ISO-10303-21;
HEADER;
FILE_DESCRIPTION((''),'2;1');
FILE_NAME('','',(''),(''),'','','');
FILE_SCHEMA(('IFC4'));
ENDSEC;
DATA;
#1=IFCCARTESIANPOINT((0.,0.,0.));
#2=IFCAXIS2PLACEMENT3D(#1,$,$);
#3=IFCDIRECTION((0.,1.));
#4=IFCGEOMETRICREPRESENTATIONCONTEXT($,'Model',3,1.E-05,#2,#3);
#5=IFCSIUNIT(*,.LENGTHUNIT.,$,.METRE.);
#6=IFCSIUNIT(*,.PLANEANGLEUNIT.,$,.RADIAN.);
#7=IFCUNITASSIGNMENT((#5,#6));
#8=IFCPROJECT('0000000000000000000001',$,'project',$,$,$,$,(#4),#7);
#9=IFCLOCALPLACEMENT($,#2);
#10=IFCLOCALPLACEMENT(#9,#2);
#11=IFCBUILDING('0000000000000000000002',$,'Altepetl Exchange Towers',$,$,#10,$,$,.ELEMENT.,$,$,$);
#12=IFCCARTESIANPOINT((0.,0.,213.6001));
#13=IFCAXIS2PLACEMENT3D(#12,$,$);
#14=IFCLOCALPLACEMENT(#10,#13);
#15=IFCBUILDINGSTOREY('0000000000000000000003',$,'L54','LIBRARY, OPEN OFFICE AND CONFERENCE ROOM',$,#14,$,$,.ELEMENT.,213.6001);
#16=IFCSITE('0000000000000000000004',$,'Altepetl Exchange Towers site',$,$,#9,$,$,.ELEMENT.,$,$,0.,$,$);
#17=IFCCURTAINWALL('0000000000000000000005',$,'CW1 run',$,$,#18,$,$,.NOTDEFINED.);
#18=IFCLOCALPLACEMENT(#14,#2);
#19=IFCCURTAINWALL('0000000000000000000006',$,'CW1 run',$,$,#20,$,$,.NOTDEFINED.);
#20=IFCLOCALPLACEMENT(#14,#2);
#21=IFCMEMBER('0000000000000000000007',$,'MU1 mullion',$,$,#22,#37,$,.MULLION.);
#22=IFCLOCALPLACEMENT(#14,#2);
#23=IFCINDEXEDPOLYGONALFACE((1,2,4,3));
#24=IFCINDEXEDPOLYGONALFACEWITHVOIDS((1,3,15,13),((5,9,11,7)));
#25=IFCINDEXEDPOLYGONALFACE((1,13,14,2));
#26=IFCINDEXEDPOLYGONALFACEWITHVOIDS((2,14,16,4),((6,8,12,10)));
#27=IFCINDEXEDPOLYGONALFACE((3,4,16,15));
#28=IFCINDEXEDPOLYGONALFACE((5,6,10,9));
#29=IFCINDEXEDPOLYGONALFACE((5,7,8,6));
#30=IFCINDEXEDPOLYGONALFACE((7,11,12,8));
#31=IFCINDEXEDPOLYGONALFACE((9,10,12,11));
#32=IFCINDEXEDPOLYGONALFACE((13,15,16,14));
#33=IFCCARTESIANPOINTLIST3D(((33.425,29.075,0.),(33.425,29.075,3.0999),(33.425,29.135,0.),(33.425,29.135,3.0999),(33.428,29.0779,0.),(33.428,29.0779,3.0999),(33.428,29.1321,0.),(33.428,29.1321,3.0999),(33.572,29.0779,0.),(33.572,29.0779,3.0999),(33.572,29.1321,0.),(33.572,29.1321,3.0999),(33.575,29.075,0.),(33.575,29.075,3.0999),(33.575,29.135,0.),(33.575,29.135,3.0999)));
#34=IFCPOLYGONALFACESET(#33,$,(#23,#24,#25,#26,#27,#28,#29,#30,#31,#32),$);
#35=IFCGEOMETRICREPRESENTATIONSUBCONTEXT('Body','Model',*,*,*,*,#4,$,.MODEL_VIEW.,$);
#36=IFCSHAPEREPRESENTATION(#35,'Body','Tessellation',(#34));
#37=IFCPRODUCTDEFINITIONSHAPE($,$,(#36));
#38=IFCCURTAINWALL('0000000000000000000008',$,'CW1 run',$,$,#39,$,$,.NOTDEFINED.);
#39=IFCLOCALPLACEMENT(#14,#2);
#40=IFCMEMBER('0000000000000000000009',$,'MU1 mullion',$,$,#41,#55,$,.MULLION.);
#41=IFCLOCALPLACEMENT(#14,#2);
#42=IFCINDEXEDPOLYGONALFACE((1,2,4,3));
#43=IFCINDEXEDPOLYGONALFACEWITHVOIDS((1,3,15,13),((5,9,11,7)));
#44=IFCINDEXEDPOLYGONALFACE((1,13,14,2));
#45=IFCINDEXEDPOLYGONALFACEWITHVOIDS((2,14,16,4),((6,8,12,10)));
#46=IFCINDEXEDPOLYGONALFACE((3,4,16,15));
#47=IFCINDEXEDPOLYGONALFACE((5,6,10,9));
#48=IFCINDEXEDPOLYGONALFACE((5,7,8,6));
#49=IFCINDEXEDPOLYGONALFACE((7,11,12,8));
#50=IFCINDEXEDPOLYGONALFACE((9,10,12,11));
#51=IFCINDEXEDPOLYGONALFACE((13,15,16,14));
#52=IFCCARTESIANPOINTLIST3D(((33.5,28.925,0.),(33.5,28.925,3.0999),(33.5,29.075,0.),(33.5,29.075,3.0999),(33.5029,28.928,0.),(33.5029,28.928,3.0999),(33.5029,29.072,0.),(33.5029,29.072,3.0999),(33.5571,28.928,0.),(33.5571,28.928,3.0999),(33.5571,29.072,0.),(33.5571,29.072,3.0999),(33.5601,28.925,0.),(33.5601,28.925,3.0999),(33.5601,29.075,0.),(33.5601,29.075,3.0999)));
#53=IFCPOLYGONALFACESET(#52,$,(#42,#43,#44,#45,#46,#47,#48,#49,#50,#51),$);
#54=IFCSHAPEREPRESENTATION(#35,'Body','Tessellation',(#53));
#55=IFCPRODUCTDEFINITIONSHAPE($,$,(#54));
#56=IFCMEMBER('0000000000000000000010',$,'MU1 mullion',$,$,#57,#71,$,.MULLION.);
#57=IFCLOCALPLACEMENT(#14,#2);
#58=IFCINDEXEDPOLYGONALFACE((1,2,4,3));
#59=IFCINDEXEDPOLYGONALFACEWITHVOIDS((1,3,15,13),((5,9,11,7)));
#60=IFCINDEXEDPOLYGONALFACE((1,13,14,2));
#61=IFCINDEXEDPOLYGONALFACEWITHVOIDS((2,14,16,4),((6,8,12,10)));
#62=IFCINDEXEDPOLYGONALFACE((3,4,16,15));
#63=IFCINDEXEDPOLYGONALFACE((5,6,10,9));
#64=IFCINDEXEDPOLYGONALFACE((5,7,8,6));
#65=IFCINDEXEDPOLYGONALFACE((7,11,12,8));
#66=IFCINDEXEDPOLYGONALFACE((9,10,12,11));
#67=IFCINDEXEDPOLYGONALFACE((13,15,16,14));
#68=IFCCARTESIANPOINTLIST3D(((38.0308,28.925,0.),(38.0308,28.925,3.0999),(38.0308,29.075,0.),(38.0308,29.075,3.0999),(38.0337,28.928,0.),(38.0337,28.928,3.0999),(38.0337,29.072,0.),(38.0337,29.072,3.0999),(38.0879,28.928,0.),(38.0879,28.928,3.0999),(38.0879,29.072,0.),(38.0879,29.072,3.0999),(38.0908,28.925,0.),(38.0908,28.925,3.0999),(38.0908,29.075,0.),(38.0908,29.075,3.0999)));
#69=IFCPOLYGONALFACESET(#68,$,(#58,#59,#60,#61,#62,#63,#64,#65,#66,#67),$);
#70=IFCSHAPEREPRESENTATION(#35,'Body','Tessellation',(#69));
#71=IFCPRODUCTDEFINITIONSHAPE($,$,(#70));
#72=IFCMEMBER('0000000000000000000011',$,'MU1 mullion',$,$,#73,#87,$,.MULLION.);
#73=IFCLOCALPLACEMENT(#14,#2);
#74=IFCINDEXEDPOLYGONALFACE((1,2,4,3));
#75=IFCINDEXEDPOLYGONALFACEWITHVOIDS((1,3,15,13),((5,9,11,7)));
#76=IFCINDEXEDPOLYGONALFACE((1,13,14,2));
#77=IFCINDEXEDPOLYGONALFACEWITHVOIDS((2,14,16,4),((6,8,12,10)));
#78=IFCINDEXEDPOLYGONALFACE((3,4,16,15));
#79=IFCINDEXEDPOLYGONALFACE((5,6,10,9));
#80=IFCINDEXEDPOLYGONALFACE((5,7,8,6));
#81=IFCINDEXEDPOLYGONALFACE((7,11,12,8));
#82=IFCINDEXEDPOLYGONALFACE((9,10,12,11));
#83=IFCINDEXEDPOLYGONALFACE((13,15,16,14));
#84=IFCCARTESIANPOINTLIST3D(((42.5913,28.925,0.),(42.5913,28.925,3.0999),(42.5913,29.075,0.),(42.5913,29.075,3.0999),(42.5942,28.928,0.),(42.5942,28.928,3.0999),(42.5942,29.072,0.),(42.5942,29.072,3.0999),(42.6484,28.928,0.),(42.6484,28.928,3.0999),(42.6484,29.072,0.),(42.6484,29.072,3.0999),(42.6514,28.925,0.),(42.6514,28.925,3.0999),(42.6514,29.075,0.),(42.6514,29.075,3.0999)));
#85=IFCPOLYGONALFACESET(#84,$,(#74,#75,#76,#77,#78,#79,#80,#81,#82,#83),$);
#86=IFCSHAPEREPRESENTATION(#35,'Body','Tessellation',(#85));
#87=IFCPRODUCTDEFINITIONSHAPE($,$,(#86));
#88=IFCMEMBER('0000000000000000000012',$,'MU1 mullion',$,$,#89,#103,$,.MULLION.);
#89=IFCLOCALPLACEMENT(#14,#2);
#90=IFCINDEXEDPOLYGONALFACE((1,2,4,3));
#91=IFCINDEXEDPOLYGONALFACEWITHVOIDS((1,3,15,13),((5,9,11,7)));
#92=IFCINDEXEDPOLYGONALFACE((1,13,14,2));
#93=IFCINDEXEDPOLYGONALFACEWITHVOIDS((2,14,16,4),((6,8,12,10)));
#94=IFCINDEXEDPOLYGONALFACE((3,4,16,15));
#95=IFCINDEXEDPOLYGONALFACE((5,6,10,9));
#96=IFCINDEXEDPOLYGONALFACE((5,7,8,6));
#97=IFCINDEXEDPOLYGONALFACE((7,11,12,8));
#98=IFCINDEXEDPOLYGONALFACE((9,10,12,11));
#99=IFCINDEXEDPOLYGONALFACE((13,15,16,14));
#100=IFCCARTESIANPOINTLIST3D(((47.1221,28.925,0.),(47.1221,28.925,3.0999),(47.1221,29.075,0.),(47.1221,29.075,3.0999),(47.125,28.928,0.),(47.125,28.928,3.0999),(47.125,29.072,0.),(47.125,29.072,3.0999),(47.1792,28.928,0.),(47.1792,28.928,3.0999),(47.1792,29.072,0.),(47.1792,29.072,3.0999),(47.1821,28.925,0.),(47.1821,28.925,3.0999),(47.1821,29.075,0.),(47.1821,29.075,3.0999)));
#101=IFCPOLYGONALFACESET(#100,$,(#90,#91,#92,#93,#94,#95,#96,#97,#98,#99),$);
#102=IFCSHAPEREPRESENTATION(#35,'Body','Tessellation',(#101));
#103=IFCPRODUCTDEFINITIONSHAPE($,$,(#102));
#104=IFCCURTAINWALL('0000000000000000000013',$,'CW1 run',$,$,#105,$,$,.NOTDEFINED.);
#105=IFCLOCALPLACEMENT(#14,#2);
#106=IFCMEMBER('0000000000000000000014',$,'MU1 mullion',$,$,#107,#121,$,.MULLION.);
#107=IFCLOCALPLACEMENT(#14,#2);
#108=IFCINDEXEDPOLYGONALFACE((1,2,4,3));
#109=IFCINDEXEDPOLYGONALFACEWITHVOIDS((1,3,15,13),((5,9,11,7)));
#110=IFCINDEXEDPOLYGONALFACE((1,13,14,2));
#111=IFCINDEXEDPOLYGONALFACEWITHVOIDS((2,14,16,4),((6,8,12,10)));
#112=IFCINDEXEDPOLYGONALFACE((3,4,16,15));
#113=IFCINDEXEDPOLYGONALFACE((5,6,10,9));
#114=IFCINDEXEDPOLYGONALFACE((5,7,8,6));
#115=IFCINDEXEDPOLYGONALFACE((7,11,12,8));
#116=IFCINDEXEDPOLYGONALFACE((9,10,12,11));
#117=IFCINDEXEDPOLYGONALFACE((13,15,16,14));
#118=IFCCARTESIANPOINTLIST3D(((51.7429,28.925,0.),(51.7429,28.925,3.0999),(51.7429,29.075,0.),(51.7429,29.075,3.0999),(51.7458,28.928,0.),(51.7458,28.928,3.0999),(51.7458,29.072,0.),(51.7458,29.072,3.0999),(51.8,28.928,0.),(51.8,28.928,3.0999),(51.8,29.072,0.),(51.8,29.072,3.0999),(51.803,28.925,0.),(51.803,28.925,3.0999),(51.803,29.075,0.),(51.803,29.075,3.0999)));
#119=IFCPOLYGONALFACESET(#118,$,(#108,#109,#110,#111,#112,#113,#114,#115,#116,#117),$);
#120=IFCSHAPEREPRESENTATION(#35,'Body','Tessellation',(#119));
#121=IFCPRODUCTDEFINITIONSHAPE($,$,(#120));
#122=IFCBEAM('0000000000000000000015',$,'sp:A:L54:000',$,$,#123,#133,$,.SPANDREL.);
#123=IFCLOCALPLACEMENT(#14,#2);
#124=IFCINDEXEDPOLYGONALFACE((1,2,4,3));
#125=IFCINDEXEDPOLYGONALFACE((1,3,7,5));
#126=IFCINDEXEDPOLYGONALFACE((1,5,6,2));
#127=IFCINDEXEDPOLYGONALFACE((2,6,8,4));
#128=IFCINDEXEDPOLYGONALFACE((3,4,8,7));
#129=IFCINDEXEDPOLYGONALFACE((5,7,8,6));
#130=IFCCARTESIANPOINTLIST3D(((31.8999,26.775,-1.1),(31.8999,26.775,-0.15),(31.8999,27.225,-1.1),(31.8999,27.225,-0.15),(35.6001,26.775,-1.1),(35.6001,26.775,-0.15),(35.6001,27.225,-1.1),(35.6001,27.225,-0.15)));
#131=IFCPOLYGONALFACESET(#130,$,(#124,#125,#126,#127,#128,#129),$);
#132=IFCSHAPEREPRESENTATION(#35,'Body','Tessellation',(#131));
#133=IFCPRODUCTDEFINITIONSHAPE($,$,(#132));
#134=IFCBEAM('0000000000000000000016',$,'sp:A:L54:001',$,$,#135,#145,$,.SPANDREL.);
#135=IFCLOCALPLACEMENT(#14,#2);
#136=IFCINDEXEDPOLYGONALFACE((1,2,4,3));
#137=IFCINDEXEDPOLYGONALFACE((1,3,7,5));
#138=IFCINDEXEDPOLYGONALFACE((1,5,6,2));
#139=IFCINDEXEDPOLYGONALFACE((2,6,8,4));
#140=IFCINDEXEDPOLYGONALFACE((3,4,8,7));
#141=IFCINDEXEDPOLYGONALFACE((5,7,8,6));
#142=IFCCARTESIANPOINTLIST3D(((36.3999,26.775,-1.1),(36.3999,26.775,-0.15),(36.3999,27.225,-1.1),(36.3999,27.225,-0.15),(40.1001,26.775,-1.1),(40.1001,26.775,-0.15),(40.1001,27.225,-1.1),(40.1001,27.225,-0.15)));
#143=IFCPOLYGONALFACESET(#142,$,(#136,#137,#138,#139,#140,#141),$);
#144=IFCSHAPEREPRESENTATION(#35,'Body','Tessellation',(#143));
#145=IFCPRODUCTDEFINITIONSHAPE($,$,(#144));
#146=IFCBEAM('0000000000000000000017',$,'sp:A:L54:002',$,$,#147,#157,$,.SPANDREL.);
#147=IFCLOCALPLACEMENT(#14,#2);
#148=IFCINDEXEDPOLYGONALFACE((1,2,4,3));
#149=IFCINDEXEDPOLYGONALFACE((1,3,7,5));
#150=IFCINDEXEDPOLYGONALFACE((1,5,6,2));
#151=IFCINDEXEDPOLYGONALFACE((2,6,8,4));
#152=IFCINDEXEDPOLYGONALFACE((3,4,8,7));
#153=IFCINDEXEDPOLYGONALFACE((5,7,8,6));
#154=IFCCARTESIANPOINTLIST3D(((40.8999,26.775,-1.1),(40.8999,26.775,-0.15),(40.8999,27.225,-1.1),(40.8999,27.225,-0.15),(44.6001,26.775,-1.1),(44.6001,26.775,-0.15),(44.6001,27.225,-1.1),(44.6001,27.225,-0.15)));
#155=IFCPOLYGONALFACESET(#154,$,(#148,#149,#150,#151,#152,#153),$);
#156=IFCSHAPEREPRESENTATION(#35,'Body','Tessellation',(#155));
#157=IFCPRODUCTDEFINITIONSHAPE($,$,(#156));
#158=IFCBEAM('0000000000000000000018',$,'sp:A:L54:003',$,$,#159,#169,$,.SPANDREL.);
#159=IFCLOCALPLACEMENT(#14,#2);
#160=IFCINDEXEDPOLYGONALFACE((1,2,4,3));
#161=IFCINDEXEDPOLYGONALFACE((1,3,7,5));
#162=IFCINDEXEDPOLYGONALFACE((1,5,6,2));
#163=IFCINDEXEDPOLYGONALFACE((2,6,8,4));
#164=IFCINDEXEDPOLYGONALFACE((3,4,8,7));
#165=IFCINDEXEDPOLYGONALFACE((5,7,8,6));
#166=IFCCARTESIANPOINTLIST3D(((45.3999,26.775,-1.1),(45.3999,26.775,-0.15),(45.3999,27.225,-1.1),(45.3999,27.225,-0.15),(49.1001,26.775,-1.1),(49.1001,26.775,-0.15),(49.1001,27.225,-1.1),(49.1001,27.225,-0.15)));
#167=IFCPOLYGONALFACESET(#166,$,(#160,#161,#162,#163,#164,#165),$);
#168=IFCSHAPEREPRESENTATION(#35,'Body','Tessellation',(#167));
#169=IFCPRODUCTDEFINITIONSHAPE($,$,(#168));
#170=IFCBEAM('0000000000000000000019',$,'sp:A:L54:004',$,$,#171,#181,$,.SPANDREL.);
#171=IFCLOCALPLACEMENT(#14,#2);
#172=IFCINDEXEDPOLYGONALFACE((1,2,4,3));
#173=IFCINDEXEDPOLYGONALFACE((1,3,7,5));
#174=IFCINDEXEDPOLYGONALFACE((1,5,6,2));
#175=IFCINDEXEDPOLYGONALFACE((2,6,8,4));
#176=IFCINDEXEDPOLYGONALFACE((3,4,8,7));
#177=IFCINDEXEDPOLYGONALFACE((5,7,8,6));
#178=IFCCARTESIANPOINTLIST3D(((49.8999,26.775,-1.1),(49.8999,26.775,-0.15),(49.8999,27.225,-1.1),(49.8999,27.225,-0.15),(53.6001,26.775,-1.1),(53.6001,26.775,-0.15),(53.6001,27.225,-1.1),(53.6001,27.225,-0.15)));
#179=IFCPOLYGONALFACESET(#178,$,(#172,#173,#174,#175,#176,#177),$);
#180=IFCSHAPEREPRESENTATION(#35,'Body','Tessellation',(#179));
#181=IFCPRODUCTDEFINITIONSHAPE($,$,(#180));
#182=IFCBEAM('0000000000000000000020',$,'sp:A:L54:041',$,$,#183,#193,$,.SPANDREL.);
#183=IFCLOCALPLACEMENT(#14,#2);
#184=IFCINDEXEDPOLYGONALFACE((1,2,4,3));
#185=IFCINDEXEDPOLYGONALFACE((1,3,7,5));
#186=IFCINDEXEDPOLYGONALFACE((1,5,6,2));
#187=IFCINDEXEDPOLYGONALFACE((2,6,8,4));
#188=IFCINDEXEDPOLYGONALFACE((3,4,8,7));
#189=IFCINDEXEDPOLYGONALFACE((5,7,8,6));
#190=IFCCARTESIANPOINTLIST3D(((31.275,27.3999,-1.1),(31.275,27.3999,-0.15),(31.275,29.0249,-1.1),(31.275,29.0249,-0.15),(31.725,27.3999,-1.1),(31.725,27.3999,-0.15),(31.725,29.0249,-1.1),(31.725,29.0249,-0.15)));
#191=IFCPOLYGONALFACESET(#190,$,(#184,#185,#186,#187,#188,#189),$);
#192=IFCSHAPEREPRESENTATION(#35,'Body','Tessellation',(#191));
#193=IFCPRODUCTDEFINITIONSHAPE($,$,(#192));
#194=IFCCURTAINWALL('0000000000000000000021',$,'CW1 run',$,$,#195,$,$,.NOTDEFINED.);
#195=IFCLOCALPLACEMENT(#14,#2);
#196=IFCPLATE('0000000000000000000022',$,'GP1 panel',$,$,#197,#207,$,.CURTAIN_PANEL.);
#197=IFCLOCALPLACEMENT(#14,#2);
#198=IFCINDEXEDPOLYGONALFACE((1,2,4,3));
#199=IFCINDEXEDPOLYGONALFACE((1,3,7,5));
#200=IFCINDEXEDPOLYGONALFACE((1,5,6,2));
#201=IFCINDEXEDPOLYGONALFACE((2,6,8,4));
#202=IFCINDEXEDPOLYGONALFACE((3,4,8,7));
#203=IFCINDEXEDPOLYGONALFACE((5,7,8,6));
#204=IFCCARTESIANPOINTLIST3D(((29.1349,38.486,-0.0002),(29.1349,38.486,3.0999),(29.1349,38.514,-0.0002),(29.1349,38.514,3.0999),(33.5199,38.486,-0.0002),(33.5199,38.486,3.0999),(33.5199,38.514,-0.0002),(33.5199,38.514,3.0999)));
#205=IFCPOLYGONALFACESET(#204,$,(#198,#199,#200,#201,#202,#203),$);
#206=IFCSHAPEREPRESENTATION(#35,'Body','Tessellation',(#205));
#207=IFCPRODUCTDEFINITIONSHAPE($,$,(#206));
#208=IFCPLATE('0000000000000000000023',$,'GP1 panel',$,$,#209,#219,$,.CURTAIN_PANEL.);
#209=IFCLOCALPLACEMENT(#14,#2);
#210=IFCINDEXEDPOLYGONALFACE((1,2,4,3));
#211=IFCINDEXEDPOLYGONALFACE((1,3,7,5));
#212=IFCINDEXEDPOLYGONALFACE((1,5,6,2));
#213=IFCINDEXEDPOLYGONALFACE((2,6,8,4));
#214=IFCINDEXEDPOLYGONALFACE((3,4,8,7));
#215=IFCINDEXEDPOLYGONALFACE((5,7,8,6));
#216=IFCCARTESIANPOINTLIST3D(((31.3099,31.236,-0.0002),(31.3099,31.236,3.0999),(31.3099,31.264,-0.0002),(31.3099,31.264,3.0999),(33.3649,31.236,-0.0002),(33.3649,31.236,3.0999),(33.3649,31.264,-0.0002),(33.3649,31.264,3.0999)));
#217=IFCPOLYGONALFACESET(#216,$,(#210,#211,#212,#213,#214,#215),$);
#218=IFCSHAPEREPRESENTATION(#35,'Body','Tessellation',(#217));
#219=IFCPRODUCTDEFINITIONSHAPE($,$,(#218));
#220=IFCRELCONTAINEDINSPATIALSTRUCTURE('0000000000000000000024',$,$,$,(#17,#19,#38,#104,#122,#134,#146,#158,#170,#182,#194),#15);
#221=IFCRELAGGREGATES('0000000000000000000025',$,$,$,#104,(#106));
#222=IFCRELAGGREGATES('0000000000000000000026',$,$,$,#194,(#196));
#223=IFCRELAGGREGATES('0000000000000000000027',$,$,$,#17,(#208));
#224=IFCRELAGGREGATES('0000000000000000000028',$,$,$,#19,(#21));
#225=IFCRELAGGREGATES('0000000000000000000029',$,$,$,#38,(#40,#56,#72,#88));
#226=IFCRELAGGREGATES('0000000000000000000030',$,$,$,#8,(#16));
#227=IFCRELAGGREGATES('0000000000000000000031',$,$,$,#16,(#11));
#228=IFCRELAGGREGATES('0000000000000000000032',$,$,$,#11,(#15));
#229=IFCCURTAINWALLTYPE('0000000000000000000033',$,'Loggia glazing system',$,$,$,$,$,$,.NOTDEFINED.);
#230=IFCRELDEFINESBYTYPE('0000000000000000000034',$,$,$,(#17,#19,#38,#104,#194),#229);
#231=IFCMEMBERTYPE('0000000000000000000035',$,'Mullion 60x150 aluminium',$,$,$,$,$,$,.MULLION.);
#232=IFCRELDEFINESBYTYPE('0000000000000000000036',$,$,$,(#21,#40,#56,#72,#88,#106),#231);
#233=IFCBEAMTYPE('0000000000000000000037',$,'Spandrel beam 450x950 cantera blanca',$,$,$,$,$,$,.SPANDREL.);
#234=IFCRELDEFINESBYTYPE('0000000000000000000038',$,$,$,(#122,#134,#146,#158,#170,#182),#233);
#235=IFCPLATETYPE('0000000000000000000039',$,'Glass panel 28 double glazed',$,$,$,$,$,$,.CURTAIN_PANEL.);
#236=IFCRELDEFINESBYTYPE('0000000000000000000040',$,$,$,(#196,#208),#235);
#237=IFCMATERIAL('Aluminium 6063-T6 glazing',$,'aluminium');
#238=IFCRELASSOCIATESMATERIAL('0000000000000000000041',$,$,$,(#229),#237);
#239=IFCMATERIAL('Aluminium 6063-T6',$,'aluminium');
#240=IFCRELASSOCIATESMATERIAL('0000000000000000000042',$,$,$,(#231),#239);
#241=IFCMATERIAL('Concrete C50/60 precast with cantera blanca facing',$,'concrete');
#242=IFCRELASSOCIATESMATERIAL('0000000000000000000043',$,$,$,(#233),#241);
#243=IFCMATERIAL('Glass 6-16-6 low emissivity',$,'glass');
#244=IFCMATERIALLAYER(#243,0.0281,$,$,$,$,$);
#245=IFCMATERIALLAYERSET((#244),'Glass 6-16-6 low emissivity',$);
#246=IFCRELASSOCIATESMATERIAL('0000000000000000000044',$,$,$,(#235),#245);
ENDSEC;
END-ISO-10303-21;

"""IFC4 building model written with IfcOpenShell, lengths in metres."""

from ifc_helpers import new_model, si_unit, direction, frame, origin, origin_2d, place, context, subcontext, project, spatial, rectangle, hollow_rectangle, extrude, material, layer, layer_set, material_profile, profile_set, type_object, element, aggregate, save


model = new_model("IFC4")

# Units and contexts
model_context = context("Model", 3, precision=1e-05, world=origin(), true_north=direction((0.0, 1.0)))
body_context = subcontext(model_context, "Body", "Model", "MODEL_VIEW")
ifc_project = project(units=[si_unit("LENGTHUNIT", "METRE"), si_unit("PLANEANGLEUNIT", "RADIAN")], contexts=[model_context])

# Site, building, storey
site_placement = place(None, origin())
site = spatial("IfcSite", under=ifc_project, at=site_placement, Name="Altepetl Exchange Towers site", CompositionType="ELEMENT", RefElevation=0.0)
building_placement = place(site_placement, origin())
building = spatial("IfcBuilding", under=site, at=building_placement, Name="Altepetl Exchange Towers", CompositionType="ELEMENT")
storey_placement = place(building_placement, frame((0.0, 0.0, 213.6001)))
storey = spatial("IfcBuildingStorey", under=building, at=storey_placement, Name="L54", Description="LIBRARY, OPEN OFFICE AND CONFERENCE ROOM", CompositionType="ELEMENT", Elevation=213.6001)

# Curtain wall
ifc_material_1 = material(Name="Aluminium 6063-T6 glazing", Category="aluminium")
curtain_wall_type = type_object("IfcCurtainWallType", Name="Loggia glazing system", PredefinedType="NOTDEFINED", material=ifc_material_1)
curtain_wall_1_placement = place(storey_placement, origin())
curtain_wall_1 = element("IfcCurtainWall", 1, at=curtain_wall_1_placement, inside=storey, type_object=curtain_wall_type, Name="CW1 run", PredefinedType="NOTDEFINED")
ifc_material_2 = material(Name="Aluminium 6063-T6", Category="aluminium")
ifc_material_profile_1 = material_profile(ifc_material_2, hollow_rectangle(XDim=0.0601, YDim=0.1499, WallThickness=0.0029, at=origin_2d()), Name="Mullion 60x150 aluminium")
ifc_profile_set_1 = profile_set([ifc_material_profile_1], Name="Aluminium 6063-T6")
member_type = type_object("IfcMemberType", Name="Mullion 60x150 aluminium", PredefinedType="MULLION", material=ifc_profile_set_1)

# Curtain walls, members
curtain_wall_2_placement = place(storey_placement, origin())
curtain_wall_2 = element("IfcCurtainWall", 2, at=curtain_wall_2_placement, inside=storey, type_object=curtain_wall_type, Name="CW1 run", PredefinedType="NOTDEFINED")
member_1_placement = place(storey_placement, frame((33.5, 29.105, 0.0), z_axis=(0.0, 0.0, 1.0), x_axis=(0.0, -1.0, 0.0)))
member_1 = element("IfcMember", 3, at=member_1_placement, type_object=member_type, Name="MU1 mullion", PredefinedType="MULLION", context=body_context, shape_type="SweptSolid", body=[
    extrude(hollow_rectangle(XDim=0.0601, YDim=0.1499, WallThickness=0.0029, at=origin_2d()), origin(), (0.0, 0.0, 1.0), 3.0999),
])
curtain_wall_3_placement = place(storey_placement, origin())
curtain_wall_3 = element("IfcCurtainWall", 4, at=curtain_wall_3_placement, inside=storey, type_object=curtain_wall_type, Name="CW1 run", PredefinedType="NOTDEFINED")
member_2_placement = place(storey_placement, frame((33.53, 29.0, 0.0)))
member_2 = element("IfcMember", 5, at=member_2_placement, type_object=member_type, Name="MU1 mullion", PredefinedType="MULLION", context=body_context, shape_type="SweptSolid", body=[
    extrude(hollow_rectangle(XDim=0.0601, YDim=0.1499, WallThickness=0.0029, at=origin_2d()), origin(), (0.0, 0.0, 1.0), 3.0999),
])
member_3_placement = place(storey_placement, frame((38.0608, 29.0, 0.0)))
member_3 = element("IfcMember", 6, at=member_3_placement, type_object=member_type, Name="MU1 mullion", PredefinedType="MULLION", context=body_context, shape_type="SweptSolid", body=[
    extrude(hollow_rectangle(XDim=0.0601, YDim=0.1499, WallThickness=0.0029, at=origin_2d()), origin(), (0.0, 0.0, 1.0), 3.0999),
])
member_4_placement = place(storey_placement, frame((42.6213, 29.0, 0.0)))
member_4 = element("IfcMember", 7, at=member_4_placement, type_object=member_type, Name="MU1 mullion", PredefinedType="MULLION", context=body_context, shape_type="SweptSolid", body=[
    extrude(hollow_rectangle(XDim=0.0601, YDim=0.1499, WallThickness=0.0029, at=origin_2d()), origin(), (0.0, 0.0, 1.0), 3.0999),
])
member_5_placement = place(storey_placement, frame((47.1521, 29.0, 0.0)))
member_5 = element("IfcMember", 8, at=member_5_placement, type_object=member_type, Name="MU1 mullion", PredefinedType="MULLION", context=body_context, shape_type="SweptSolid", body=[
    extrude(hollow_rectangle(XDim=0.0601, YDim=0.1499, WallThickness=0.0029, at=origin_2d()), origin(), (0.0, 0.0, 1.0), 3.0999),
])

# Curtain wall, member
curtain_wall_4_placement = place(storey_placement, origin())
curtain_wall_4 = element("IfcCurtainWall", 9, at=curtain_wall_4_placement, inside=storey, type_object=curtain_wall_type, Name="CW1 run", PredefinedType="NOTDEFINED")
member_6_placement = place(storey_placement, frame((51.7729, 29.0, 0.0)))
member_6 = element("IfcMember", 10, at=member_6_placement, type_object=member_type, Name="MU1 mullion", PredefinedType="MULLION", context=body_context, shape_type="SweptSolid", body=[
    extrude(hollow_rectangle(XDim=0.0601, YDim=0.1499, WallThickness=0.0029, at=origin_2d()), origin(), (0.0, 0.0, 1.0), 3.0999),
])
aggregate(curtain_wall_4, [member_6])

# Beams
ifc_material_3 = material(Name="Concrete C50/60 precast with cantera blanca facing", Category="concrete")
ifc_material_profile_2 = material_profile(ifc_material_3, rectangle(XDim=0.45, YDim=0.95, at=origin_2d()), Name="450 x 950")
ifc_profile_set_2 = profile_set([ifc_material_profile_2], Name="Concrete C50/60 precast with cantera blanca facing")
beam_type_1 = type_object("IfcBeamType", Name="Spandrel beam 450x950 cantera blanca", PredefinedType="SPANDREL", material=ifc_profile_set_2)
for number, where, z_axis, x_axis, name in (
    (11, (31.8999, 27.0, -0.625), (1.0, 0.0, 0.0), (0.0, 1.0, 0.0), "sp:A:L54:000"),
    (12, (36.3999, 27.0, -0.625), (1.0, 0.0, 0.0), (0.0, 1.0, 0.0), "sp:A:L54:001"),
    (13, (40.8999, 27.0, -0.625), (1.0, 0.0, 0.0), (0.0, 1.0, 0.0), "sp:A:L54:002"),
    (14, (45.3999, 27.0, -0.625), (1.0, 0.0, 0.0), (0.0, 1.0, 0.0), "sp:A:L54:003"),
    (15, (49.8999, 27.0, -0.625), (1.0, 0.0, 0.0), (0.0, 1.0, 0.0), "sp:A:L54:004"),
):
    element("IfcBeam", number, at=place(storey_placement, frame(where, z_axis=z_axis, x_axis=x_axis)), inside=storey, type_object=beam_type_1, Name=name, PredefinedType="SPANDREL", context=body_context, shape_type="SweptSolid", body=[
        extrude(rectangle(XDim=0.45, YDim=0.95, at=origin_2d()), origin(), (0.0, 0.0, 1.0), 3.7002),
    ])
beam_1_placement = place(storey_placement, frame((31.5, 29.0249, -0.625), z_axis=(0.0, -1.0, 0.0), x_axis=(1.0, 0.0, 0.0)))
element("IfcBeam", 16, at=beam_1_placement, inside=storey, type_object=beam_type_1, Name="sp:A:L54:041", PredefinedType="SPANDREL", context=body_context, shape_type="SweptSolid", body=[
    extrude(rectangle(XDim=0.45, YDim=0.95, at=origin_2d()), origin(), (0.0, 0.0, 1.0), 1.625),
])

# Curtain wall, plate
curtain_wall_5_placement = place(storey_placement, origin())
curtain_wall_5 = element("IfcCurtainWall", 17, at=curtain_wall_5_placement, inside=storey, type_object=curtain_wall_type, Name="CW1 run", PredefinedType="NOTDEFINED")
ifc_material_4 = material(Name="Glass 6-16-6 low emissivity", Category="glass")
ifc_layer_1 = layer(ifc_material_4, 0.0281)
ifc_layer_set_1 = layer_set([ifc_layer_1], Name="Glass 6-16-6 low emissivity")
plate_type = type_object("IfcPlateType", Name="Glass panel 28 double glazed", PredefinedType="CURTAIN_PANEL", material=ifc_layer_set_1)
plate_1_placement = place(storey_placement, frame((31.3274, 38.5, -0.0002), z_axis=(0.0, 0.0, 1.0), x_axis=(-1.0, 0.0, 0.0)))
plate_1 = element("IfcPlate", 18, at=plate_1_placement, type_object=plate_type, Name="GP1 panel", PredefinedType="CURTAIN_PANEL", context=body_context, shape_type="SweptSolid", body=[
    extrude(rectangle(XDim=4.385, YDim=0.0281, at=origin_2d()), origin(), (0.0, 0.0, 1.0), 3.1001),
])
aggregate(curtain_wall_5, [plate_1])

# Plate
plate_2_placement = place(storey_placement, frame((32.3374, 31.25, -0.0002)))
plate_2 = element("IfcPlate", 19, at=plate_2_placement, type_object=plate_type, Name="GP1 panel", PredefinedType="CURTAIN_PANEL", context=body_context, shape_type="SweptSolid", body=[
    extrude(rectangle(XDim=2.0549, YDim=0.0281, at=origin_2d()), origin(), (0.0, 0.0, 1.0), 3.1001),
])
aggregate(curtain_wall_1, [plate_2])
aggregate(curtain_wall_2, [member_1])
aggregate(curtain_wall_3, [member_2, member_3, member_4, member_5])

save(model, "model.ifc")
